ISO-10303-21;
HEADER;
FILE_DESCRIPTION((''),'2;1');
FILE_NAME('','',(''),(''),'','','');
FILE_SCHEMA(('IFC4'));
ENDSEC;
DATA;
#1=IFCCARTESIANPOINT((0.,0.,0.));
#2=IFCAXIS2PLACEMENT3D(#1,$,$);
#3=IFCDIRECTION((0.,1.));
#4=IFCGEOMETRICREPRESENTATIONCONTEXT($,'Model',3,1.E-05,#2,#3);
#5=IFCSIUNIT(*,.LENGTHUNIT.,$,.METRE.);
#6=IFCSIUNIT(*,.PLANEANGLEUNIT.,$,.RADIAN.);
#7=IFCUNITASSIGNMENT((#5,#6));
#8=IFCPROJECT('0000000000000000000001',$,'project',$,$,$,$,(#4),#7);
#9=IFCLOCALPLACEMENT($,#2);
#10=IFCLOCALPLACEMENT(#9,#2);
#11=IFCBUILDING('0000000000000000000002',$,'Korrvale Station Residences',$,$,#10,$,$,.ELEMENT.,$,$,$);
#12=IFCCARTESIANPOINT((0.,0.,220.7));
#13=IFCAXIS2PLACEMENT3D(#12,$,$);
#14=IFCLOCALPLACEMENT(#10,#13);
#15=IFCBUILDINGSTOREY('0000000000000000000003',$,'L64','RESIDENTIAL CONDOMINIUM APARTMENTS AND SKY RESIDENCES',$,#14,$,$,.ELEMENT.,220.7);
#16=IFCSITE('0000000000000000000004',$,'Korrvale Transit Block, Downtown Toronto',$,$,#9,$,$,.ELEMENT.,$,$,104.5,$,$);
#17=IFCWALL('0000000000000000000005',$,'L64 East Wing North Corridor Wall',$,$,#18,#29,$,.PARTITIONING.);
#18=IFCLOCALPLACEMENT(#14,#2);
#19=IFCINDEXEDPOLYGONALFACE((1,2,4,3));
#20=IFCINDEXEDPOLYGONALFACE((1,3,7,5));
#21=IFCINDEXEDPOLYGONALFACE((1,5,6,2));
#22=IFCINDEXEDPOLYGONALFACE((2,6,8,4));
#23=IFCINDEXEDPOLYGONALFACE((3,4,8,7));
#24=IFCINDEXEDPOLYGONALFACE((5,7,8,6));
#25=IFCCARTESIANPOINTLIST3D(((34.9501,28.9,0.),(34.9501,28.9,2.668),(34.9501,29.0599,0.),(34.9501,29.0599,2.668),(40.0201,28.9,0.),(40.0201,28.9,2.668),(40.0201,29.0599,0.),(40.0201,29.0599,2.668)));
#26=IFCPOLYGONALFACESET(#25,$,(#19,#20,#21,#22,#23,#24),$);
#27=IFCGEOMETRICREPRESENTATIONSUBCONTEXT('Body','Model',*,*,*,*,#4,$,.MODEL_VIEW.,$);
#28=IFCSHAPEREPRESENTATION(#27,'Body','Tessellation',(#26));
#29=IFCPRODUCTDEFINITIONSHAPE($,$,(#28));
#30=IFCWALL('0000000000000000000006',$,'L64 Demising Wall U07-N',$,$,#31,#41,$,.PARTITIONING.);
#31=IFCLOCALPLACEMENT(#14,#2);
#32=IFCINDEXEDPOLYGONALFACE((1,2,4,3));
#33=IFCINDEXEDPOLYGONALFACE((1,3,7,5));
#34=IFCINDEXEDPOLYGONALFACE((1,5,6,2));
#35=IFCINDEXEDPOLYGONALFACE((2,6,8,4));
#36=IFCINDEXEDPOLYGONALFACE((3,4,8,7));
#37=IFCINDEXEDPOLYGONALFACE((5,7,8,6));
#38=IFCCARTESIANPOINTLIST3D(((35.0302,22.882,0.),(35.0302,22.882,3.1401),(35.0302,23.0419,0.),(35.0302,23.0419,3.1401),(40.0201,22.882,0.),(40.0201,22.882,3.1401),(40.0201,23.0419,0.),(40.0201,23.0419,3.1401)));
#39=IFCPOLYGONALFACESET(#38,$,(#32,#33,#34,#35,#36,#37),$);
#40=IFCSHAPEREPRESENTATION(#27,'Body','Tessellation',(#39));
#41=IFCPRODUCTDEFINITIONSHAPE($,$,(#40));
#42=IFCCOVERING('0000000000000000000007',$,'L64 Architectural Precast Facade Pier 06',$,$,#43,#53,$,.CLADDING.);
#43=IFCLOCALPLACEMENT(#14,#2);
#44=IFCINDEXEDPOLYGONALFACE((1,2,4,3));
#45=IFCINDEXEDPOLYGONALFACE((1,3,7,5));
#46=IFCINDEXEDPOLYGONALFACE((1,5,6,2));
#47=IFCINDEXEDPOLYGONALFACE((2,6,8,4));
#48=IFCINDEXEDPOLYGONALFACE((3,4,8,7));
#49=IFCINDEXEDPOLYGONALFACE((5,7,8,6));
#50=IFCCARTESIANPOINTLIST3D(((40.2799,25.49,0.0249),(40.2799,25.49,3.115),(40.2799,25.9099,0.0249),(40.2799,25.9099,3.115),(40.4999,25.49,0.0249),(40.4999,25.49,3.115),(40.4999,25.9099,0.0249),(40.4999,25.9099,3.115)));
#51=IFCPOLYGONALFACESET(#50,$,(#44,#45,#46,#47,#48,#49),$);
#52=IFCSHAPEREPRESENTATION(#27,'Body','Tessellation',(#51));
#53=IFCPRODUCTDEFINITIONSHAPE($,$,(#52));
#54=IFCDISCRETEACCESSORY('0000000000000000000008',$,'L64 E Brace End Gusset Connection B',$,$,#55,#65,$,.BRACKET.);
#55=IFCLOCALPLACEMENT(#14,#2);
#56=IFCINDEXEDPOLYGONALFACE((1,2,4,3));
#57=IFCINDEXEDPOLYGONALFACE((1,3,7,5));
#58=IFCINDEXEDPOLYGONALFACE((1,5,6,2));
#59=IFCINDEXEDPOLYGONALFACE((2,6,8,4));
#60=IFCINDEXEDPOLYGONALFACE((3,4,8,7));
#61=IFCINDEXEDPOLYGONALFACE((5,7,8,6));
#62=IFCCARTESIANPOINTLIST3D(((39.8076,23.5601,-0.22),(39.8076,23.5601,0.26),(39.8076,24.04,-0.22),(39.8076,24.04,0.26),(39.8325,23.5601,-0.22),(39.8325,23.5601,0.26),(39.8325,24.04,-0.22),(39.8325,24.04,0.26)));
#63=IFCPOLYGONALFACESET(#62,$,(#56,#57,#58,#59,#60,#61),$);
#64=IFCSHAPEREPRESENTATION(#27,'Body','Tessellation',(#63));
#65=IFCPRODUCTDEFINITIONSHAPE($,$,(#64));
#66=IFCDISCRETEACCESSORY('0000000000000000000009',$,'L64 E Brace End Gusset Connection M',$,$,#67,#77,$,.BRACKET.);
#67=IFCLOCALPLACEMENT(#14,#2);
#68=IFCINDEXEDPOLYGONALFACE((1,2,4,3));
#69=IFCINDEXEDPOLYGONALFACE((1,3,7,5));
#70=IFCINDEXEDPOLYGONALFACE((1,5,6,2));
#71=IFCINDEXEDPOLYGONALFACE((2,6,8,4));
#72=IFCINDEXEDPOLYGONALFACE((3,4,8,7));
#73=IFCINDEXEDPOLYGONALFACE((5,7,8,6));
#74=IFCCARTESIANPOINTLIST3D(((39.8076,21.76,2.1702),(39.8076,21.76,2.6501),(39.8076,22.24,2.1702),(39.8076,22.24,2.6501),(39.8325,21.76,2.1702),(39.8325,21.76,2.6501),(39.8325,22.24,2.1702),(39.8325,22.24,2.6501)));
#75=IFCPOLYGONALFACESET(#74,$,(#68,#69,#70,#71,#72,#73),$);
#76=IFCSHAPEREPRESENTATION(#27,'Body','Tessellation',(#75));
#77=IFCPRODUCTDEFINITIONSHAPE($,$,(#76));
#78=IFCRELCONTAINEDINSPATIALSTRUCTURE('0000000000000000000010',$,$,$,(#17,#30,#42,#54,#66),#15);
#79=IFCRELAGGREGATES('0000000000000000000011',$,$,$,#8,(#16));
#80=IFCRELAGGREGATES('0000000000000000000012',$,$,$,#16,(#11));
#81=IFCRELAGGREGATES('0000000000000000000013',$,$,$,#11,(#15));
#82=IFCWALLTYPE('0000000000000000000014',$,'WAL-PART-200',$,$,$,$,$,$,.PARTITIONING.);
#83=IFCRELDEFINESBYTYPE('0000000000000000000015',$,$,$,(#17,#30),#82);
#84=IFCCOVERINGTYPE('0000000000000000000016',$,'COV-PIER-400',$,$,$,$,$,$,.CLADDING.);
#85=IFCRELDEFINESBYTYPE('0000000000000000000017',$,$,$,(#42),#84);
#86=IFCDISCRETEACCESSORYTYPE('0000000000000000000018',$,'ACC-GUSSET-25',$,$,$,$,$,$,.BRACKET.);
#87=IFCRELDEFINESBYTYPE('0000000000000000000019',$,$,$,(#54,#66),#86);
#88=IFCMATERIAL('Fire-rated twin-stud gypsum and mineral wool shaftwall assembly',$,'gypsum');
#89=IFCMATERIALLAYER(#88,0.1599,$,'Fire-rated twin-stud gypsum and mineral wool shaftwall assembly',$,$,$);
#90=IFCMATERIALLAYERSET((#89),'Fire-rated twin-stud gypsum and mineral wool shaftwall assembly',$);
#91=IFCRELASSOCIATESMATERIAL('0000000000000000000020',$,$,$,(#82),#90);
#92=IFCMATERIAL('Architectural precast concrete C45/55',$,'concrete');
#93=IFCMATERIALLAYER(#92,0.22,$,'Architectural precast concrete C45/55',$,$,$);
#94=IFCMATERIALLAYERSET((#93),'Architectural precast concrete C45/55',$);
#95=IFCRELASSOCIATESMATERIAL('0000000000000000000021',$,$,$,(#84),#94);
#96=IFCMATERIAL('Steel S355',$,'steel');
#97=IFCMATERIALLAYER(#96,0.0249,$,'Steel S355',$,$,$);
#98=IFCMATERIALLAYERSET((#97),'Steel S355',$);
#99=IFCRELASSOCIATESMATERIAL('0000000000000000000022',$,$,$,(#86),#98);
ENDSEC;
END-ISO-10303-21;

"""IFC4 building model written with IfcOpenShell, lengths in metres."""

from ifc_helpers import new_model, si_unit, direction, frame, frame_2d, origin, origin_2d, place, context, subcontext, project, spatial, rectangle, extrude, material, layer, layer_set, type_object, element, save


model = new_model("IFC4")

# Units and contexts
model_context = context("Model", 3, precision=1e-05, world=origin(), true_north=direction((0.0, 1.0)))
body_context = subcontext(model_context, "Body", "Model", "MODEL_VIEW")
ifc_project = project(units=[si_unit("LENGTHUNIT", "METRE"), si_unit("PLANEANGLEUNIT", "RADIAN")], contexts=[model_context])

# Site, building, storey
site_placement = place(None, origin())
site = spatial("IfcSite", under=ifc_project, at=site_placement, Name="Korrvale Transit Block, Downtown Toronto", CompositionType="ELEMENT", RefElevation=104.5)
building_placement = place(site_placement, origin())
building = spatial("IfcBuilding", under=site, at=building_placement, Name="Korrvale Station Residences", CompositionType="ELEMENT")
storey_placement = place(building_placement, frame((0.0, 0.0, 220.7)))
storey = spatial("IfcBuildingStorey", under=building, at=storey_placement, Name="L64", Description="RESIDENTIAL CONDOMINIUM APARTMENTS AND SKY RESIDENCES", CompositionType="ELEMENT", Elevation=220.7)

# Shared definitions
ifc_material_1 = material(Name="Steel S355", Category="steel")

# Walls
ifc_material_2 = material(Name="Fire-rated twin-stud gypsum and mineral wool shaftwall assembly", Category="gypsum")
ifc_layer_1 = layer(ifc_material_2, 0.1599, Name="Fire-rated twin-stud gypsum and mineral wool shaftwall assembly")
ifc_layer_set_1 = layer_set([ifc_layer_1], Name="Fire-rated twin-stud gypsum and mineral wool shaftwall assembly")
wall_type_1 = type_object("IfcWallType", Name="WAL-PART-200", PredefinedType="PARTITIONING", material=ifc_layer_set_1)
wall_1_placement = place(storey_placement, frame((34.95, 28.98, 0.0), z_axis=(0.0, 0.0, 1.0), x_axis=(1.0, 0.0, 0.0)))
element("IfcWall", 1, at=wall_1_placement, inside=storey, type_object=wall_type_1, Name="L64 East Wing North Corridor Wall", PredefinedType="PARTITIONING", context=body_context, shape_type="SweptSolid", body=[
    extrude(rectangle(XDim=5.0701, YDim=0.1599, at=frame_2d((2.5352, 0.0))), origin(), (0.0, 0.0, 1.0), 2.668),
])
wall_2_placement = place(storey_placement, frame((35.03, 22.9619, 0.0), z_axis=(0.0, 0.0, 1.0), x_axis=(1.0, 0.0, 0.0)))
element("IfcWall", 2, at=wall_2_placement, inside=storey, type_object=wall_type_1, Name="L64 Demising Wall U07-N", PredefinedType="PARTITIONING", context=body_context, shape_type="SweptSolid", body=[
    extrude(rectangle(XDim=4.99, YDim=0.1599, at=frame_2d((2.4951, 0.0))), origin(), (0.0, 0.0, 1.0), 3.1401),
])

# Covering
ifc_material_3 = material(Name="Architectural precast concrete C45/55", Category="concrete")
ifc_layer_2 = layer(ifc_material_3, 0.22, Name="Architectural precast concrete C45/55")
ifc_layer_set_2 = layer_set([ifc_layer_2], Name="Architectural precast concrete C45/55")
covering_type = type_object("IfcCoveringType", Name="COV-PIER-400", PredefinedType="CLADDING", material=ifc_layer_set_2)
covering_placement = place(storey_placement, frame((40.3899, 25.7, 0.0249), z_axis=(0.0, 0.0, 1.0), x_axis=(0.0, 1.0, 0.0)))
element("IfcCovering", 3, at=covering_placement, inside=storey, type_object=covering_type, Name="L64 Architectural Precast Facade Pier 06", PredefinedType="CLADDING", context=body_context, shape_type="SweptSolid", body=[
    extrude(rectangle(XDim=0.4199, YDim=0.22, at=origin_2d()), origin(), (0.0, 0.0, 1.0), 3.0901),
])

# Discrete accessories
ifc_layer_3 = layer(ifc_material_1, 0.0249, Name="Steel S355")
ifc_layer_set_3 = layer_set([ifc_layer_3], Name="Steel S355")
discrete_accessory_type = type_object("IfcDiscreteAccessoryType", Name="ACC-GUSSET-25", PredefinedType="BRACKET", material=ifc_layer_set_3)
for number, where, z_axis, x_axis, name in (
    (4, (39.8201, 23.8, -0.22), (0.0, 0.0, 1.0), (0.0, 1.0, 0.0), "L64 E Brace End Gusset Connection B"),
    (5, (39.8201, 22.0, 2.1702), (0.0, 0.0, 1.0), (0.0, 1.0, 0.0), "L64 E Brace End Gusset Connection M"),
):
    element("IfcDiscreteAccessory", number, at=place(storey_placement, frame(where, z_axis=z_axis, x_axis=x_axis)), inside=storey, type_object=discrete_accessory_type, Name=name, PredefinedType="BRACKET", context=body_context, shape_type="SweptSolid", body=[
        extrude(rectangle(XDim=0.48, YDim=0.0249, at=origin_2d()), origin(), (0.0, 0.0, 1.0), 0.48),
    ])

save(model, "model.ifc")
